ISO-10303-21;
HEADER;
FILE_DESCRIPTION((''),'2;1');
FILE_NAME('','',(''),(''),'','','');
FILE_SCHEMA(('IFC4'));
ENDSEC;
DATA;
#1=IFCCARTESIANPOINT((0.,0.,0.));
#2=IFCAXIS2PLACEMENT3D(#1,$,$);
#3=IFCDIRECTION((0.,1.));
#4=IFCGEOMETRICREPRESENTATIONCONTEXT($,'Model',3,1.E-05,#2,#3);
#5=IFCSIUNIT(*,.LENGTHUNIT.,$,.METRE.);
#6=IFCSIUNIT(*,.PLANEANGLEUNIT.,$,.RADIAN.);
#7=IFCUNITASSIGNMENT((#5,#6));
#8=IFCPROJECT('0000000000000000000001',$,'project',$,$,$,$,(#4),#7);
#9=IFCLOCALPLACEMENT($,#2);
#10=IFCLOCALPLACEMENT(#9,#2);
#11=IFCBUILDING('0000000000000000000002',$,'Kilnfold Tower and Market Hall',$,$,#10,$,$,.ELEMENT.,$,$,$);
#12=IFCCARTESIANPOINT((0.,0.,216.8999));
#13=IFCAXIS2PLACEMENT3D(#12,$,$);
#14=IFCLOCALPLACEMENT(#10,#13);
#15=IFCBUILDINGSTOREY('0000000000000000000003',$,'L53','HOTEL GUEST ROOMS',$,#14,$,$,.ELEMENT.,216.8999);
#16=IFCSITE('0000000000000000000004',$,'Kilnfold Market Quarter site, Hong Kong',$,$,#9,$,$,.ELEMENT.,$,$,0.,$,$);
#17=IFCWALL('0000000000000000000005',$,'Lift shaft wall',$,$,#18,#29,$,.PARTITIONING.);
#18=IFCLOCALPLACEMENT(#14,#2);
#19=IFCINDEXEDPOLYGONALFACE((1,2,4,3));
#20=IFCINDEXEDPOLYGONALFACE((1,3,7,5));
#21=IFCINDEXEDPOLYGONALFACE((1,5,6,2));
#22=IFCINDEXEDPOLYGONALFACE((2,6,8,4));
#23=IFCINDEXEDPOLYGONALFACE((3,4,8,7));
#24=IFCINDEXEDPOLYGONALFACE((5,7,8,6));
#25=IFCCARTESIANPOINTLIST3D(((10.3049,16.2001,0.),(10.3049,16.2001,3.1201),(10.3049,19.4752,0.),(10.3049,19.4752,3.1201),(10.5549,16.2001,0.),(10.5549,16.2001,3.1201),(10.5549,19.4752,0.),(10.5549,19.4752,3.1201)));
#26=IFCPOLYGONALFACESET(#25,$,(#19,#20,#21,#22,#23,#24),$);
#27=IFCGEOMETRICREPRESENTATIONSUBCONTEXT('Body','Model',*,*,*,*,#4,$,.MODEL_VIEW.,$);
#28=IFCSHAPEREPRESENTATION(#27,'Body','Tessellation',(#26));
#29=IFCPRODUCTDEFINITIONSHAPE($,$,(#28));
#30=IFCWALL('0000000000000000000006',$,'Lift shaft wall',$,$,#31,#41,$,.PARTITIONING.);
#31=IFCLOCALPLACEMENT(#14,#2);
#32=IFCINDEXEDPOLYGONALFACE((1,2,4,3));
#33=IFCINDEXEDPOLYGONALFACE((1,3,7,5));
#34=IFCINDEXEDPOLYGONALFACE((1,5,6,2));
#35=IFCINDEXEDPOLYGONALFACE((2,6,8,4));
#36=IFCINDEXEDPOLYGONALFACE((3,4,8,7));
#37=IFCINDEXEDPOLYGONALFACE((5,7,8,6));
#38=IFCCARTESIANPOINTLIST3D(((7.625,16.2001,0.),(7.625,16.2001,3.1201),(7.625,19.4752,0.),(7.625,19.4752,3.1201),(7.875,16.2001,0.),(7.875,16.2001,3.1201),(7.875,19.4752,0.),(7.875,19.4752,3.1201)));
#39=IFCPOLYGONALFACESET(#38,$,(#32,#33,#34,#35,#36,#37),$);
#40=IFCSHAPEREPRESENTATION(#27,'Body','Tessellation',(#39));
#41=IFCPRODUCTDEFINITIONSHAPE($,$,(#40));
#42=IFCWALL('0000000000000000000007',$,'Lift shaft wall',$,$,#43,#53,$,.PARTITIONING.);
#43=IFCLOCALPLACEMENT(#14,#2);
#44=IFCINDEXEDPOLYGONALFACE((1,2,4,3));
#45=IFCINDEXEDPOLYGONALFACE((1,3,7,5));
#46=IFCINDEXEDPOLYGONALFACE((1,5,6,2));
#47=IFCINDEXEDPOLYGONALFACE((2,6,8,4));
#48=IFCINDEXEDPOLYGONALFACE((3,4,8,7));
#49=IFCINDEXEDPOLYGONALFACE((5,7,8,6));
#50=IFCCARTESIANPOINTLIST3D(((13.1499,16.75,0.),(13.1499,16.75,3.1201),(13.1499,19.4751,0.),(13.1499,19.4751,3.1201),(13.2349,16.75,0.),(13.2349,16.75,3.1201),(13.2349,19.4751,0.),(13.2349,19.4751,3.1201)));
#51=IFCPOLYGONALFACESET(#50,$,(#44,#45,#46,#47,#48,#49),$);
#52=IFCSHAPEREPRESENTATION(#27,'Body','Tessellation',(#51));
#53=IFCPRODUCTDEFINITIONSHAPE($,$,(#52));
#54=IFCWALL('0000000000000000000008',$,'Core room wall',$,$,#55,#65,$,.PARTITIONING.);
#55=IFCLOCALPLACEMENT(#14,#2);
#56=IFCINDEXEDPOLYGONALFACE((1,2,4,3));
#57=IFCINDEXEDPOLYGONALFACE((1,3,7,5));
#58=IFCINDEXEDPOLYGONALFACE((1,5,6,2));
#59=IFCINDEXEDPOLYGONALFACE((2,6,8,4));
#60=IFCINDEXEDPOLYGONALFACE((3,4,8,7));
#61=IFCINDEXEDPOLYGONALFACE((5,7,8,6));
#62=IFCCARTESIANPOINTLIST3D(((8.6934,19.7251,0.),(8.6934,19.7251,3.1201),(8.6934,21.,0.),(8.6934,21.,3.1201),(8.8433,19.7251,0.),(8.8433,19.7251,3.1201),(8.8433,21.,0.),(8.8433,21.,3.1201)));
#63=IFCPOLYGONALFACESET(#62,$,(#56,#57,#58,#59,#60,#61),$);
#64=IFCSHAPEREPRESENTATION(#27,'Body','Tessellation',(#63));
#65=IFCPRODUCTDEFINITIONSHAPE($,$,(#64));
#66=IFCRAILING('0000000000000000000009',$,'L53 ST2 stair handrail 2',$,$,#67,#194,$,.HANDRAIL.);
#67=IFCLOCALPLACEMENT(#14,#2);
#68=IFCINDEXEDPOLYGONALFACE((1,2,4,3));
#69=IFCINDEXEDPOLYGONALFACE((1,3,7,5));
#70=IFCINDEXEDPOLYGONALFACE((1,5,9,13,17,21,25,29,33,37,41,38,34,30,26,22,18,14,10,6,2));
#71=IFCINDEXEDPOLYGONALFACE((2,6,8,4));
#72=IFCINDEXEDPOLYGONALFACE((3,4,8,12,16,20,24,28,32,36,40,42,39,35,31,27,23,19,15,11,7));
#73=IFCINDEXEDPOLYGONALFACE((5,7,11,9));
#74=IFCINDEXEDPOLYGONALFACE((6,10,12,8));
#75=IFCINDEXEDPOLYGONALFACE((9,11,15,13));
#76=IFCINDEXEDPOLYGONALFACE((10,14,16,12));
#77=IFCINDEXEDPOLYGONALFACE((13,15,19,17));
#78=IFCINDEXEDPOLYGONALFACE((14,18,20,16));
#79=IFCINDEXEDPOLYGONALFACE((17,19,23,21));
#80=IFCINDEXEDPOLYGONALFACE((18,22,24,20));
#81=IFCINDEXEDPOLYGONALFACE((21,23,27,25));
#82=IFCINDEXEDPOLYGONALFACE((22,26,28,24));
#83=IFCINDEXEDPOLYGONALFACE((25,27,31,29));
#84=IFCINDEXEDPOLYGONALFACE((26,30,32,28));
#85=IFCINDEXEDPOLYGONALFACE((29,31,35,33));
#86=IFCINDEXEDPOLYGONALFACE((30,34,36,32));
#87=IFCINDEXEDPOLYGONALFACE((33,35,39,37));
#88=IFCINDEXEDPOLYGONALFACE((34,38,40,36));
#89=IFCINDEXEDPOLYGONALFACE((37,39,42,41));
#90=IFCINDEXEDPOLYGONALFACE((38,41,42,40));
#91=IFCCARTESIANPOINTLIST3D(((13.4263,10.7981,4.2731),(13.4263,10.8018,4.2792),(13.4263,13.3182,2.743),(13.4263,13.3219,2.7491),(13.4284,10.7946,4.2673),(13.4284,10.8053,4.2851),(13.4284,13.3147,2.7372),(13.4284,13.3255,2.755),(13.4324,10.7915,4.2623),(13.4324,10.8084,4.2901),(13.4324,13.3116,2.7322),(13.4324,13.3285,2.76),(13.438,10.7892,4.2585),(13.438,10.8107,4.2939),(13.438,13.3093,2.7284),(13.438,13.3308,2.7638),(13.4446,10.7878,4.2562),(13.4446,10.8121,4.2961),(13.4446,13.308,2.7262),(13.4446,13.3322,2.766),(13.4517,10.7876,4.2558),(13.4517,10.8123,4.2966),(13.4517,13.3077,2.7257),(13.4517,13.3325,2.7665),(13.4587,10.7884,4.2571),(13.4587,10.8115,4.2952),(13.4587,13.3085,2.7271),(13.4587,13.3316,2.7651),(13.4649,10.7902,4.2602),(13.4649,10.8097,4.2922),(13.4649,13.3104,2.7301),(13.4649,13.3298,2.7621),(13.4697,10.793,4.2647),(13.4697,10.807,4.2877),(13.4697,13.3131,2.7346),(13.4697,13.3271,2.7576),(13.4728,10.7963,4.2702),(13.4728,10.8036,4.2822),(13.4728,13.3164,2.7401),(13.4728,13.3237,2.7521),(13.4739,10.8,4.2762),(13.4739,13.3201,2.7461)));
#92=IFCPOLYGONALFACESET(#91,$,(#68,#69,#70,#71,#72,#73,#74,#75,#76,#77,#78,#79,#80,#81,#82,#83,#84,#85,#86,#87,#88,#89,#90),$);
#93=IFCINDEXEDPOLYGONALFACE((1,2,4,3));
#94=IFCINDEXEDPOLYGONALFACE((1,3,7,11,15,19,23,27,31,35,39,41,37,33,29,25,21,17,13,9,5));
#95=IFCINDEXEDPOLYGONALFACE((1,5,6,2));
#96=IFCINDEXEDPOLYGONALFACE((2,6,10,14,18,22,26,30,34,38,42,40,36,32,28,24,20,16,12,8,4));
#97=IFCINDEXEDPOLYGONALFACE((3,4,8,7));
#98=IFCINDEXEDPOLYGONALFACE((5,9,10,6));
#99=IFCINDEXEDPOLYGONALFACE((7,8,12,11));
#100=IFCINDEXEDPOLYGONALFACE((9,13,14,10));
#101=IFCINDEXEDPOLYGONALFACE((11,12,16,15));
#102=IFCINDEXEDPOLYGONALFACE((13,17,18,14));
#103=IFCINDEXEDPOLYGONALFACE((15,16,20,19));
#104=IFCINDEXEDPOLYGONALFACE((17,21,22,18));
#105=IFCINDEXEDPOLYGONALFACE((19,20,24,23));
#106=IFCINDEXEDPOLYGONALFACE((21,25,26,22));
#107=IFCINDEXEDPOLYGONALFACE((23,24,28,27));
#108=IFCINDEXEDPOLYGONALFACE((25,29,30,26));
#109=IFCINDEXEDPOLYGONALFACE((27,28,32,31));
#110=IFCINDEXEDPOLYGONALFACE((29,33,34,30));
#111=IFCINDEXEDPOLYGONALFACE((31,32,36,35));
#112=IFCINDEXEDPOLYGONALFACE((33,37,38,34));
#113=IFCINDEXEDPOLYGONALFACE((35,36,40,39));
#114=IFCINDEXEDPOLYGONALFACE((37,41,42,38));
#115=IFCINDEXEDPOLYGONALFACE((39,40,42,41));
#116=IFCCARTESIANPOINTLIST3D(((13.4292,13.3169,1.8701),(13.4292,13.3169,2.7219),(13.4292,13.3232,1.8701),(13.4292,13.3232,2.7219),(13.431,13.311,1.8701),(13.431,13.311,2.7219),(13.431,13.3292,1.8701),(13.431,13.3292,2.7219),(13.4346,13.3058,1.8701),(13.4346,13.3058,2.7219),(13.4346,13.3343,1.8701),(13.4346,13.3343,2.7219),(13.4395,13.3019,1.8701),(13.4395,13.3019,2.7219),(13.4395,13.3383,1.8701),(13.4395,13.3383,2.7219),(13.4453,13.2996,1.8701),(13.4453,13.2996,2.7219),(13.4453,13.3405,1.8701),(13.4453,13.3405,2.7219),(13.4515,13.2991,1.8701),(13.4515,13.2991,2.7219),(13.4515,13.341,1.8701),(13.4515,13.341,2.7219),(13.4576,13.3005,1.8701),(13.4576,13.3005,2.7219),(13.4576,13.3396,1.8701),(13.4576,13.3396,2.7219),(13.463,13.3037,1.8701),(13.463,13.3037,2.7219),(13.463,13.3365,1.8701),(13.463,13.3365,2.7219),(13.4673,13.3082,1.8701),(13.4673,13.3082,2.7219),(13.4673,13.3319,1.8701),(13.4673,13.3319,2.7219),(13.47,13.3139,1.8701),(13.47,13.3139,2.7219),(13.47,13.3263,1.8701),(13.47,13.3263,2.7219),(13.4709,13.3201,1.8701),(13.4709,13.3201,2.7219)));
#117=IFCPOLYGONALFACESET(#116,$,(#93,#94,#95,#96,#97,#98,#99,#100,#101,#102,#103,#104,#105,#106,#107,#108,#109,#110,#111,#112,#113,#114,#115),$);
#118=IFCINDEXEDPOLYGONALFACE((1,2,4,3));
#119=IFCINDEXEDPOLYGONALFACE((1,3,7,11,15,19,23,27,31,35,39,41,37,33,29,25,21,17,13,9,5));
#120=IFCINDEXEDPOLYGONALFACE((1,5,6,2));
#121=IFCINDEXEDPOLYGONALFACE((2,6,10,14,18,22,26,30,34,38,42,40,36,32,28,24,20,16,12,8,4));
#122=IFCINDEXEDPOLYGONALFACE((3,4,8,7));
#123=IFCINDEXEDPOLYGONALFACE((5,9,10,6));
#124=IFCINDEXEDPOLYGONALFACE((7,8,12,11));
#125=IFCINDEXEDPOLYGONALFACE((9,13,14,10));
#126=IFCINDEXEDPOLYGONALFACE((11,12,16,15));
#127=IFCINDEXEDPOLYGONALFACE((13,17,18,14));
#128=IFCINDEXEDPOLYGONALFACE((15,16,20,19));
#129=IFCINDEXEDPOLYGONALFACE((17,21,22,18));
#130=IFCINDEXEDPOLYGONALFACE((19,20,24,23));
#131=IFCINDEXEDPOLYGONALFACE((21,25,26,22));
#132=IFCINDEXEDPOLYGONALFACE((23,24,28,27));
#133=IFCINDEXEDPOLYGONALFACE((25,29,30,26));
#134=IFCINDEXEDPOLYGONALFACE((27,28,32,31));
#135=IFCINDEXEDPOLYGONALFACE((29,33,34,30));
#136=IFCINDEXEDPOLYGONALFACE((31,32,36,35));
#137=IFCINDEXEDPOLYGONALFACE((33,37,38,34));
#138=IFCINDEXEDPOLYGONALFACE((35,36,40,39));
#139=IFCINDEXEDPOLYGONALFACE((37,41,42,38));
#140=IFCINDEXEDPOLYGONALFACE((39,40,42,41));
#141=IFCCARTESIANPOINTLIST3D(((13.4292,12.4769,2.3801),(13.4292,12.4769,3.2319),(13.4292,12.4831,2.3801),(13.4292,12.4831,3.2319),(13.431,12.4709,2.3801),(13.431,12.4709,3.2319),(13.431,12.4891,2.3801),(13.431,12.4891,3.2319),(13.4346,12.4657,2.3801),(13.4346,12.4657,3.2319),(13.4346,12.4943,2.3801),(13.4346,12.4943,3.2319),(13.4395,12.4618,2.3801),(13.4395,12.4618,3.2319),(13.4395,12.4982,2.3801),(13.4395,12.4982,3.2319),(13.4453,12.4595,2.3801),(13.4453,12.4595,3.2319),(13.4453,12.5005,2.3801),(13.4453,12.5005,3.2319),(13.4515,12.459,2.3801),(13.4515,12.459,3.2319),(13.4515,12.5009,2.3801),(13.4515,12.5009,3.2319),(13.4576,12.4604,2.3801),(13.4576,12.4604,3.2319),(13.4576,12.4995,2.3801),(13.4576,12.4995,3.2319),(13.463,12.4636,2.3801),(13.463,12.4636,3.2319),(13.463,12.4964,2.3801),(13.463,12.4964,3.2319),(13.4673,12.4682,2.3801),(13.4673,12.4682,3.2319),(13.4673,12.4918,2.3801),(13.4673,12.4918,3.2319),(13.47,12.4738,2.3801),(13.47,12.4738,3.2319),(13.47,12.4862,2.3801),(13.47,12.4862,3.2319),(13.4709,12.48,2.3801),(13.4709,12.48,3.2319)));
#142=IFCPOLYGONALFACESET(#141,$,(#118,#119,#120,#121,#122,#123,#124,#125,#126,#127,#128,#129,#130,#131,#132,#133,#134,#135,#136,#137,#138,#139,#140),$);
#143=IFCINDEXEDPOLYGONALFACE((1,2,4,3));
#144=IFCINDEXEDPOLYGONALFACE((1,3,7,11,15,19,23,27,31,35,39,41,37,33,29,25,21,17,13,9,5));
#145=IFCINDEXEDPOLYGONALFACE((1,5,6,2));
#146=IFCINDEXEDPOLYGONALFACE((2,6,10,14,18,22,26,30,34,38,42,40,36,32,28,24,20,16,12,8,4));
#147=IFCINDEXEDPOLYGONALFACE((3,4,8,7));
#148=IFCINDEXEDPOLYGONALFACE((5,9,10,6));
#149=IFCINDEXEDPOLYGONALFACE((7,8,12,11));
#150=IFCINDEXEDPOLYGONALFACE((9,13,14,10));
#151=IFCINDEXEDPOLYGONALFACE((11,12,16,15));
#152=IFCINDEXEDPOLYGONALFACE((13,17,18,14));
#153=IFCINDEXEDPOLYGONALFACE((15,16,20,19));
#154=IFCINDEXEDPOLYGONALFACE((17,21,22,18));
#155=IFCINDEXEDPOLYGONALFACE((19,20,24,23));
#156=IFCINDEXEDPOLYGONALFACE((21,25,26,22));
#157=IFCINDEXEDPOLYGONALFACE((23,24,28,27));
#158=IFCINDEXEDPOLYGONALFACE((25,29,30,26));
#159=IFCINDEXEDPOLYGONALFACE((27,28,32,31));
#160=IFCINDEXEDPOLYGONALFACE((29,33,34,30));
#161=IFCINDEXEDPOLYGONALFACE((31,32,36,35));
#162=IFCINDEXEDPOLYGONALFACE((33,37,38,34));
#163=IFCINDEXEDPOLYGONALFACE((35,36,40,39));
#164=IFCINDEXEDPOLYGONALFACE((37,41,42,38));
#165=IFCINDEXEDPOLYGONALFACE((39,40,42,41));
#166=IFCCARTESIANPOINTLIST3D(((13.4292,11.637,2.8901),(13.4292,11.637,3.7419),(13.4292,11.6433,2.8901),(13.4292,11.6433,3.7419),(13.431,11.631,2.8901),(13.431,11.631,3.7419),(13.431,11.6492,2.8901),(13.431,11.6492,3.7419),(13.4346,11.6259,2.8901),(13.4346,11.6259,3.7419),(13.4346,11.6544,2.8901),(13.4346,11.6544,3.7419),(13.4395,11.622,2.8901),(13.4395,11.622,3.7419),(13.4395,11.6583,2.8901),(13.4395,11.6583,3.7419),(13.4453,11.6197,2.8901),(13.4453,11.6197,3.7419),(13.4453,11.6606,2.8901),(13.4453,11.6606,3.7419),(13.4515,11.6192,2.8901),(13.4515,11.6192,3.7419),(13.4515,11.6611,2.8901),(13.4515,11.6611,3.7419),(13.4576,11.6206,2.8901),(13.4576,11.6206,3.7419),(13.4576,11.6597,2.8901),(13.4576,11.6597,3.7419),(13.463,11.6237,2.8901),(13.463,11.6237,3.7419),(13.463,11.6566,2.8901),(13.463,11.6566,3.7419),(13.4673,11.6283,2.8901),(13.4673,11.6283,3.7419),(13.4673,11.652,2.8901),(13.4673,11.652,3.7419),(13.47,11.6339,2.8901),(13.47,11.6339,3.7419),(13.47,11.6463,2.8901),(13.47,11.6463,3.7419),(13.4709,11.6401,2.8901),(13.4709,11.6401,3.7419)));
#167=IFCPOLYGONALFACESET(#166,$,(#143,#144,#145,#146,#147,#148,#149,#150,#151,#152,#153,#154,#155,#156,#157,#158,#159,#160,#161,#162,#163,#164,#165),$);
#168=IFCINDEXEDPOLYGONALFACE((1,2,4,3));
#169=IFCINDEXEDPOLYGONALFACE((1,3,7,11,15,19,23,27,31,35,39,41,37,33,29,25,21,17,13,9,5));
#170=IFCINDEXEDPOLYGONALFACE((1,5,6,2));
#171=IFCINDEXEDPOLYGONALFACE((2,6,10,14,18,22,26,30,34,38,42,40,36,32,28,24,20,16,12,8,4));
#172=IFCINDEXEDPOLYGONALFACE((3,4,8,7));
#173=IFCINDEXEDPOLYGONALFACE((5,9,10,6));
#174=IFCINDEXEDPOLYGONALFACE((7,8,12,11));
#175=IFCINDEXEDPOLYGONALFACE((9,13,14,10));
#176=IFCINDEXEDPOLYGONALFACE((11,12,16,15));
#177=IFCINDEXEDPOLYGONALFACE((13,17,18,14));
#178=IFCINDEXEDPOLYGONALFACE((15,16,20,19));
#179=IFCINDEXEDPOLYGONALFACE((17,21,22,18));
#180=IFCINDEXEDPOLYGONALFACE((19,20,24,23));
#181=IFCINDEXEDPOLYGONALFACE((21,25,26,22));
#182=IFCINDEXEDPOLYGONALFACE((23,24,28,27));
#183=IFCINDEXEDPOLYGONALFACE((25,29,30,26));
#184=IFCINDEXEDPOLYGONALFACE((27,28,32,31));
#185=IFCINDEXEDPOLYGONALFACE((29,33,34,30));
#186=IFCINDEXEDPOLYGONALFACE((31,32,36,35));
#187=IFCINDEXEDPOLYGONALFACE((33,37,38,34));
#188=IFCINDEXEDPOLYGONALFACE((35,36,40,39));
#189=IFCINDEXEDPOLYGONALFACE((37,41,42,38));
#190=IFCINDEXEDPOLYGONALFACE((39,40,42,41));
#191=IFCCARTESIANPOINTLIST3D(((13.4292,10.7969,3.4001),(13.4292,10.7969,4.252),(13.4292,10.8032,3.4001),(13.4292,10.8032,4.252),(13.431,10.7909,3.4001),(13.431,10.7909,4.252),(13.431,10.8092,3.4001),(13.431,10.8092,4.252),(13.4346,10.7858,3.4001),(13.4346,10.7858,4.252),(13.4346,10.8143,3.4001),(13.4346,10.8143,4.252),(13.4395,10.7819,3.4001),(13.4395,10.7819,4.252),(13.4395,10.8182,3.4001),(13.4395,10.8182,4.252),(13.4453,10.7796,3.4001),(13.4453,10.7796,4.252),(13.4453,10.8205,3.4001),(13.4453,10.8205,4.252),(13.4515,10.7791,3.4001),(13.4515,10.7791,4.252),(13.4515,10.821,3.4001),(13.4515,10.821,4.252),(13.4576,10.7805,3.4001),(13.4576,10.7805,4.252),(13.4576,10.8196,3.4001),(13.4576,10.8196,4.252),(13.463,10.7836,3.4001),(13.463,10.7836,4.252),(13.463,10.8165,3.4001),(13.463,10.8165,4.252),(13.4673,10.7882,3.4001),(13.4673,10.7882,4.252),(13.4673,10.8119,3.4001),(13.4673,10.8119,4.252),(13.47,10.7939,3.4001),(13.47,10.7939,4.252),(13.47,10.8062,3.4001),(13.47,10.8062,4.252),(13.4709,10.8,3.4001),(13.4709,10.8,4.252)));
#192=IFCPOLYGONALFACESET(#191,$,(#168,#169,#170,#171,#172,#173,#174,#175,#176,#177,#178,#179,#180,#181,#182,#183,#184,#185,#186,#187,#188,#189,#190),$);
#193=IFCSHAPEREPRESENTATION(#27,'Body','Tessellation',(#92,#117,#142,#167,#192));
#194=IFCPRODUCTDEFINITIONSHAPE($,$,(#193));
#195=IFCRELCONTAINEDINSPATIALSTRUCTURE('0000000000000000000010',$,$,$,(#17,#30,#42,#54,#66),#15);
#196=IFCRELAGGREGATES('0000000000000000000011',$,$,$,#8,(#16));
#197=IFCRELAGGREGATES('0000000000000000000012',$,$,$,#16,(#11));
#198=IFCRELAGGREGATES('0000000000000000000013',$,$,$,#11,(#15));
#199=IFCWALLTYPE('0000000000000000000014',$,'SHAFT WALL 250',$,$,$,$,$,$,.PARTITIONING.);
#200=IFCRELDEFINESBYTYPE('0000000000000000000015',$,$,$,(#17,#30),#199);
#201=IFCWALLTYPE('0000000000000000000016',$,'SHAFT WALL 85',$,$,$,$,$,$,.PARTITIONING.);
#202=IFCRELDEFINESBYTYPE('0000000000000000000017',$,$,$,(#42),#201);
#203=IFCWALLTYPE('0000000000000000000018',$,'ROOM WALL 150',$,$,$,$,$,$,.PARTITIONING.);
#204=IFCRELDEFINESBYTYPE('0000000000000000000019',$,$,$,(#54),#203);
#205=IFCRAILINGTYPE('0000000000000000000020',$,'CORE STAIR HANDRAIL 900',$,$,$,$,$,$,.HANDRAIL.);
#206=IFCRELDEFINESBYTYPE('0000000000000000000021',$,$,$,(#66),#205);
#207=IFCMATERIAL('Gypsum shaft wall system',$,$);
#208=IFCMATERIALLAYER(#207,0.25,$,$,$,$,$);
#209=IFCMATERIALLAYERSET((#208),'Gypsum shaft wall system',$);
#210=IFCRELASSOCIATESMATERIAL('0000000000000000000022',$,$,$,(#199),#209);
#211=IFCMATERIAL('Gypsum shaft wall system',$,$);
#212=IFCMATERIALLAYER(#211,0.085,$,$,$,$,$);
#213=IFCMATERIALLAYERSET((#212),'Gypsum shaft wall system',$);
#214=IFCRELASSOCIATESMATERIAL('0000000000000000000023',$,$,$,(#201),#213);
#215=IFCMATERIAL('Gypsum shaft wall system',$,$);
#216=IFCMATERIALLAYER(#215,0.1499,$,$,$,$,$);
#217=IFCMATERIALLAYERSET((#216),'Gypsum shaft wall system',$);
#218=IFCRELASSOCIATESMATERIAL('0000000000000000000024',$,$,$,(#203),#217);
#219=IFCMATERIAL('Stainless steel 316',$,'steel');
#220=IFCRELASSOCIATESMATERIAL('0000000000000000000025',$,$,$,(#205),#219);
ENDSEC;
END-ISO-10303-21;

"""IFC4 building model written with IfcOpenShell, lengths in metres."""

from ifc_helpers import new_model, si_unit, direction, frame, frame_2d, origin, origin_2d, place, context, subcontext, project, spatial, rectangle, circle, extrude, source, transform, mapped, material, layer, layer_set, type_object, element, save


model = new_model("IFC4")

# Units and contexts
model_context = context("Model", 3, precision=1e-05, world=origin(), true_north=direction((0.0, 1.0)))
body_context = subcontext(model_context, "Body", "Model", "MODEL_VIEW")
ifc_project = project(units=[si_unit("LENGTHUNIT", "METRE"), si_unit("PLANEANGLEUNIT", "RADIAN")], contexts=[model_context])

# Site, building, storey
site_placement = place(None, origin())
site = spatial("IfcSite", under=ifc_project, at=site_placement, Name="Kilnfold Market Quarter site, Hong Kong", CompositionType="ELEMENT", RefElevation=0.0)
building_placement = place(site_placement, origin())
building = spatial("IfcBuilding", under=site, at=building_placement, Name="Kilnfold Tower and Market Hall", CompositionType="ELEMENT")
storey_placement = place(building_placement, frame((0.0, 0.0, 216.8999)))
storey = spatial("IfcBuildingStorey", under=building, at=storey_placement, Name="L53", Description="HOTEL GUEST ROOMS", CompositionType="ELEMENT", Elevation=216.8999)

# Walls
ifc_material_1 = material(Name="Gypsum shaft wall system")
ifc_layer_1 = layer(ifc_material_1, 0.25)
ifc_layer_set_1 = layer_set([ifc_layer_1], Name="Gypsum shaft wall system")
wall_type_1 = type_object("IfcWallType", Name="SHAFT WALL 250", PredefinedType="PARTITIONING", material=ifc_layer_set_1)
shared_shape_1 = source(origin(), body_context, "Body", "SweptSolid", [
    extrude(rectangle(XDim=3.2751, YDim=0.25, at=frame_2d((1.6377, 0.0))), origin(), (0.0, 0.0, 1.0), 3.1201),
])
for number, where, z_axis, x_axis, name in (
    (1, (10.4299, 16.2, 0.0), (0.0, 0.0, 1.0), (0.0, 1.0, 0.0), "Lift shaft wall"),
    (2, (7.75, 16.2, 0.0), (0.0, 0.0, 1.0), (0.0, 1.0, 0.0), "Lift shaft wall"),
):
    element("IfcWall", number, at=place(storey_placement, frame(where, z_axis=z_axis, x_axis=x_axis)), inside=storey, type_object=wall_type_1, Name=name, PredefinedType="PARTITIONING", context=body_context, shape_type="MappedRepresentation", body=[
        mapped(shared_shape_1, transform((0.0, 0.0, 0.0))),
    ])
ifc_material_2 = material(Name="Gypsum shaft wall system")
ifc_layer_2 = layer(ifc_material_2, 0.085)
ifc_layer_set_2 = layer_set([ifc_layer_2], Name="Gypsum shaft wall system")
wall_type_2 = type_object("IfcWallType", Name="SHAFT WALL 85", PredefinedType="PARTITIONING", material=ifc_layer_set_2)
shared_shape_2 = source(origin(), body_context, "Body", "SweptSolid", [
    extrude(rectangle(XDim=2.7251, YDim=0.085, at=frame_2d((1.3625, 0.0))), origin(), (0.0, 0.0, 1.0), 3.1201),
])
wall_1_placement = place(storey_placement, frame((13.1924, 16.75, 0.0), z_axis=(0.0, 0.0, 1.0), x_axis=(0.0, 1.0, 0.0)))
element("IfcWall", 3, at=wall_1_placement, inside=storey, type_object=wall_type_2, Name="Lift shaft wall", PredefinedType="PARTITIONING", context=body_context, shape_type="MappedRepresentation", body=[
    mapped(shared_shape_2, transform((0.0, 0.0, 0.0))),
])
ifc_material_3 = material(Name="Gypsum shaft wall system")
ifc_layer_3 = layer(ifc_material_3, 0.1499)
ifc_layer_set_3 = layer_set([ifc_layer_3], Name="Gypsum shaft wall system")
wall_type_3 = type_object("IfcWallType", Name="ROOM WALL 150", PredefinedType="PARTITIONING", material=ifc_layer_set_3)
shared_shape_3 = source(origin(), body_context, "Body", "SweptSolid", [
    extrude(rectangle(XDim=1.2749, YDim=0.1499, at=frame_2d((0.6375, 0.0))), origin(), (0.0, 0.0, 1.0), 3.1201),
])
wall_2_placement = place(storey_placement, frame((8.7683, 19.7251, 0.0), z_axis=(0.0, 0.0, 1.0), x_axis=(0.0, 1.0, 0.0)))
element("IfcWall", 4, at=wall_2_placement, inside=storey, type_object=wall_type_3, Name="Core room wall", PredefinedType="PARTITIONING", context=body_context, shape_type="MappedRepresentation", body=[
    mapped(shared_shape_3, transform((0.0, 0.0, 0.0))),
])

# Railing
ifc_material_4 = material(Name="Stainless steel 316", Category="steel")
railing_type = type_object("IfcRailingType", Name="CORE STAIR HANDRAIL 900", PredefinedType="HANDRAIL", material=ifc_material_4)
railing_placement = place(storey_placement, frame((13.45, 13.3201, 1.8701)))
element("IfcRailing", 5, at=railing_placement, inside=storey, type_object=railing_type, Name="L53 ST2 stair handrail 2", PredefinedType="HANDRAIL", context=body_context, shape_type="SweptSolid", body=[
    extrude(circle(Radius=0.0239, at=origin_2d()), frame((0.0, 0.0, 0.876), z_axis=(0.0, -0.854785, 0.518982), x_axis=(1.0, 0.0, 0.0)), (0.0, 0.0, 1.0), 2.9482),
    extrude(circle(Radius=0.021, at=origin_2d()), origin(), (0.0, 0.0, 1.0), 0.8518),
    extrude(circle(Radius=0.021, at=origin_2d()), frame((0.0, -0.8401, 0.51)), (0.0, 0.0, 1.0), 0.8518),
    extrude(circle(Radius=0.021, at=origin_2d()), frame((0.0, -1.6799, 1.02)), (0.0, 0.0, 1.0), 0.8518),
    extrude(circle(Radius=0.021, at=origin_2d()), frame((0.0, -2.52, 1.53)), (0.0, 0.0, 1.0), 0.8518),
])

save(model, "model.ifc")
